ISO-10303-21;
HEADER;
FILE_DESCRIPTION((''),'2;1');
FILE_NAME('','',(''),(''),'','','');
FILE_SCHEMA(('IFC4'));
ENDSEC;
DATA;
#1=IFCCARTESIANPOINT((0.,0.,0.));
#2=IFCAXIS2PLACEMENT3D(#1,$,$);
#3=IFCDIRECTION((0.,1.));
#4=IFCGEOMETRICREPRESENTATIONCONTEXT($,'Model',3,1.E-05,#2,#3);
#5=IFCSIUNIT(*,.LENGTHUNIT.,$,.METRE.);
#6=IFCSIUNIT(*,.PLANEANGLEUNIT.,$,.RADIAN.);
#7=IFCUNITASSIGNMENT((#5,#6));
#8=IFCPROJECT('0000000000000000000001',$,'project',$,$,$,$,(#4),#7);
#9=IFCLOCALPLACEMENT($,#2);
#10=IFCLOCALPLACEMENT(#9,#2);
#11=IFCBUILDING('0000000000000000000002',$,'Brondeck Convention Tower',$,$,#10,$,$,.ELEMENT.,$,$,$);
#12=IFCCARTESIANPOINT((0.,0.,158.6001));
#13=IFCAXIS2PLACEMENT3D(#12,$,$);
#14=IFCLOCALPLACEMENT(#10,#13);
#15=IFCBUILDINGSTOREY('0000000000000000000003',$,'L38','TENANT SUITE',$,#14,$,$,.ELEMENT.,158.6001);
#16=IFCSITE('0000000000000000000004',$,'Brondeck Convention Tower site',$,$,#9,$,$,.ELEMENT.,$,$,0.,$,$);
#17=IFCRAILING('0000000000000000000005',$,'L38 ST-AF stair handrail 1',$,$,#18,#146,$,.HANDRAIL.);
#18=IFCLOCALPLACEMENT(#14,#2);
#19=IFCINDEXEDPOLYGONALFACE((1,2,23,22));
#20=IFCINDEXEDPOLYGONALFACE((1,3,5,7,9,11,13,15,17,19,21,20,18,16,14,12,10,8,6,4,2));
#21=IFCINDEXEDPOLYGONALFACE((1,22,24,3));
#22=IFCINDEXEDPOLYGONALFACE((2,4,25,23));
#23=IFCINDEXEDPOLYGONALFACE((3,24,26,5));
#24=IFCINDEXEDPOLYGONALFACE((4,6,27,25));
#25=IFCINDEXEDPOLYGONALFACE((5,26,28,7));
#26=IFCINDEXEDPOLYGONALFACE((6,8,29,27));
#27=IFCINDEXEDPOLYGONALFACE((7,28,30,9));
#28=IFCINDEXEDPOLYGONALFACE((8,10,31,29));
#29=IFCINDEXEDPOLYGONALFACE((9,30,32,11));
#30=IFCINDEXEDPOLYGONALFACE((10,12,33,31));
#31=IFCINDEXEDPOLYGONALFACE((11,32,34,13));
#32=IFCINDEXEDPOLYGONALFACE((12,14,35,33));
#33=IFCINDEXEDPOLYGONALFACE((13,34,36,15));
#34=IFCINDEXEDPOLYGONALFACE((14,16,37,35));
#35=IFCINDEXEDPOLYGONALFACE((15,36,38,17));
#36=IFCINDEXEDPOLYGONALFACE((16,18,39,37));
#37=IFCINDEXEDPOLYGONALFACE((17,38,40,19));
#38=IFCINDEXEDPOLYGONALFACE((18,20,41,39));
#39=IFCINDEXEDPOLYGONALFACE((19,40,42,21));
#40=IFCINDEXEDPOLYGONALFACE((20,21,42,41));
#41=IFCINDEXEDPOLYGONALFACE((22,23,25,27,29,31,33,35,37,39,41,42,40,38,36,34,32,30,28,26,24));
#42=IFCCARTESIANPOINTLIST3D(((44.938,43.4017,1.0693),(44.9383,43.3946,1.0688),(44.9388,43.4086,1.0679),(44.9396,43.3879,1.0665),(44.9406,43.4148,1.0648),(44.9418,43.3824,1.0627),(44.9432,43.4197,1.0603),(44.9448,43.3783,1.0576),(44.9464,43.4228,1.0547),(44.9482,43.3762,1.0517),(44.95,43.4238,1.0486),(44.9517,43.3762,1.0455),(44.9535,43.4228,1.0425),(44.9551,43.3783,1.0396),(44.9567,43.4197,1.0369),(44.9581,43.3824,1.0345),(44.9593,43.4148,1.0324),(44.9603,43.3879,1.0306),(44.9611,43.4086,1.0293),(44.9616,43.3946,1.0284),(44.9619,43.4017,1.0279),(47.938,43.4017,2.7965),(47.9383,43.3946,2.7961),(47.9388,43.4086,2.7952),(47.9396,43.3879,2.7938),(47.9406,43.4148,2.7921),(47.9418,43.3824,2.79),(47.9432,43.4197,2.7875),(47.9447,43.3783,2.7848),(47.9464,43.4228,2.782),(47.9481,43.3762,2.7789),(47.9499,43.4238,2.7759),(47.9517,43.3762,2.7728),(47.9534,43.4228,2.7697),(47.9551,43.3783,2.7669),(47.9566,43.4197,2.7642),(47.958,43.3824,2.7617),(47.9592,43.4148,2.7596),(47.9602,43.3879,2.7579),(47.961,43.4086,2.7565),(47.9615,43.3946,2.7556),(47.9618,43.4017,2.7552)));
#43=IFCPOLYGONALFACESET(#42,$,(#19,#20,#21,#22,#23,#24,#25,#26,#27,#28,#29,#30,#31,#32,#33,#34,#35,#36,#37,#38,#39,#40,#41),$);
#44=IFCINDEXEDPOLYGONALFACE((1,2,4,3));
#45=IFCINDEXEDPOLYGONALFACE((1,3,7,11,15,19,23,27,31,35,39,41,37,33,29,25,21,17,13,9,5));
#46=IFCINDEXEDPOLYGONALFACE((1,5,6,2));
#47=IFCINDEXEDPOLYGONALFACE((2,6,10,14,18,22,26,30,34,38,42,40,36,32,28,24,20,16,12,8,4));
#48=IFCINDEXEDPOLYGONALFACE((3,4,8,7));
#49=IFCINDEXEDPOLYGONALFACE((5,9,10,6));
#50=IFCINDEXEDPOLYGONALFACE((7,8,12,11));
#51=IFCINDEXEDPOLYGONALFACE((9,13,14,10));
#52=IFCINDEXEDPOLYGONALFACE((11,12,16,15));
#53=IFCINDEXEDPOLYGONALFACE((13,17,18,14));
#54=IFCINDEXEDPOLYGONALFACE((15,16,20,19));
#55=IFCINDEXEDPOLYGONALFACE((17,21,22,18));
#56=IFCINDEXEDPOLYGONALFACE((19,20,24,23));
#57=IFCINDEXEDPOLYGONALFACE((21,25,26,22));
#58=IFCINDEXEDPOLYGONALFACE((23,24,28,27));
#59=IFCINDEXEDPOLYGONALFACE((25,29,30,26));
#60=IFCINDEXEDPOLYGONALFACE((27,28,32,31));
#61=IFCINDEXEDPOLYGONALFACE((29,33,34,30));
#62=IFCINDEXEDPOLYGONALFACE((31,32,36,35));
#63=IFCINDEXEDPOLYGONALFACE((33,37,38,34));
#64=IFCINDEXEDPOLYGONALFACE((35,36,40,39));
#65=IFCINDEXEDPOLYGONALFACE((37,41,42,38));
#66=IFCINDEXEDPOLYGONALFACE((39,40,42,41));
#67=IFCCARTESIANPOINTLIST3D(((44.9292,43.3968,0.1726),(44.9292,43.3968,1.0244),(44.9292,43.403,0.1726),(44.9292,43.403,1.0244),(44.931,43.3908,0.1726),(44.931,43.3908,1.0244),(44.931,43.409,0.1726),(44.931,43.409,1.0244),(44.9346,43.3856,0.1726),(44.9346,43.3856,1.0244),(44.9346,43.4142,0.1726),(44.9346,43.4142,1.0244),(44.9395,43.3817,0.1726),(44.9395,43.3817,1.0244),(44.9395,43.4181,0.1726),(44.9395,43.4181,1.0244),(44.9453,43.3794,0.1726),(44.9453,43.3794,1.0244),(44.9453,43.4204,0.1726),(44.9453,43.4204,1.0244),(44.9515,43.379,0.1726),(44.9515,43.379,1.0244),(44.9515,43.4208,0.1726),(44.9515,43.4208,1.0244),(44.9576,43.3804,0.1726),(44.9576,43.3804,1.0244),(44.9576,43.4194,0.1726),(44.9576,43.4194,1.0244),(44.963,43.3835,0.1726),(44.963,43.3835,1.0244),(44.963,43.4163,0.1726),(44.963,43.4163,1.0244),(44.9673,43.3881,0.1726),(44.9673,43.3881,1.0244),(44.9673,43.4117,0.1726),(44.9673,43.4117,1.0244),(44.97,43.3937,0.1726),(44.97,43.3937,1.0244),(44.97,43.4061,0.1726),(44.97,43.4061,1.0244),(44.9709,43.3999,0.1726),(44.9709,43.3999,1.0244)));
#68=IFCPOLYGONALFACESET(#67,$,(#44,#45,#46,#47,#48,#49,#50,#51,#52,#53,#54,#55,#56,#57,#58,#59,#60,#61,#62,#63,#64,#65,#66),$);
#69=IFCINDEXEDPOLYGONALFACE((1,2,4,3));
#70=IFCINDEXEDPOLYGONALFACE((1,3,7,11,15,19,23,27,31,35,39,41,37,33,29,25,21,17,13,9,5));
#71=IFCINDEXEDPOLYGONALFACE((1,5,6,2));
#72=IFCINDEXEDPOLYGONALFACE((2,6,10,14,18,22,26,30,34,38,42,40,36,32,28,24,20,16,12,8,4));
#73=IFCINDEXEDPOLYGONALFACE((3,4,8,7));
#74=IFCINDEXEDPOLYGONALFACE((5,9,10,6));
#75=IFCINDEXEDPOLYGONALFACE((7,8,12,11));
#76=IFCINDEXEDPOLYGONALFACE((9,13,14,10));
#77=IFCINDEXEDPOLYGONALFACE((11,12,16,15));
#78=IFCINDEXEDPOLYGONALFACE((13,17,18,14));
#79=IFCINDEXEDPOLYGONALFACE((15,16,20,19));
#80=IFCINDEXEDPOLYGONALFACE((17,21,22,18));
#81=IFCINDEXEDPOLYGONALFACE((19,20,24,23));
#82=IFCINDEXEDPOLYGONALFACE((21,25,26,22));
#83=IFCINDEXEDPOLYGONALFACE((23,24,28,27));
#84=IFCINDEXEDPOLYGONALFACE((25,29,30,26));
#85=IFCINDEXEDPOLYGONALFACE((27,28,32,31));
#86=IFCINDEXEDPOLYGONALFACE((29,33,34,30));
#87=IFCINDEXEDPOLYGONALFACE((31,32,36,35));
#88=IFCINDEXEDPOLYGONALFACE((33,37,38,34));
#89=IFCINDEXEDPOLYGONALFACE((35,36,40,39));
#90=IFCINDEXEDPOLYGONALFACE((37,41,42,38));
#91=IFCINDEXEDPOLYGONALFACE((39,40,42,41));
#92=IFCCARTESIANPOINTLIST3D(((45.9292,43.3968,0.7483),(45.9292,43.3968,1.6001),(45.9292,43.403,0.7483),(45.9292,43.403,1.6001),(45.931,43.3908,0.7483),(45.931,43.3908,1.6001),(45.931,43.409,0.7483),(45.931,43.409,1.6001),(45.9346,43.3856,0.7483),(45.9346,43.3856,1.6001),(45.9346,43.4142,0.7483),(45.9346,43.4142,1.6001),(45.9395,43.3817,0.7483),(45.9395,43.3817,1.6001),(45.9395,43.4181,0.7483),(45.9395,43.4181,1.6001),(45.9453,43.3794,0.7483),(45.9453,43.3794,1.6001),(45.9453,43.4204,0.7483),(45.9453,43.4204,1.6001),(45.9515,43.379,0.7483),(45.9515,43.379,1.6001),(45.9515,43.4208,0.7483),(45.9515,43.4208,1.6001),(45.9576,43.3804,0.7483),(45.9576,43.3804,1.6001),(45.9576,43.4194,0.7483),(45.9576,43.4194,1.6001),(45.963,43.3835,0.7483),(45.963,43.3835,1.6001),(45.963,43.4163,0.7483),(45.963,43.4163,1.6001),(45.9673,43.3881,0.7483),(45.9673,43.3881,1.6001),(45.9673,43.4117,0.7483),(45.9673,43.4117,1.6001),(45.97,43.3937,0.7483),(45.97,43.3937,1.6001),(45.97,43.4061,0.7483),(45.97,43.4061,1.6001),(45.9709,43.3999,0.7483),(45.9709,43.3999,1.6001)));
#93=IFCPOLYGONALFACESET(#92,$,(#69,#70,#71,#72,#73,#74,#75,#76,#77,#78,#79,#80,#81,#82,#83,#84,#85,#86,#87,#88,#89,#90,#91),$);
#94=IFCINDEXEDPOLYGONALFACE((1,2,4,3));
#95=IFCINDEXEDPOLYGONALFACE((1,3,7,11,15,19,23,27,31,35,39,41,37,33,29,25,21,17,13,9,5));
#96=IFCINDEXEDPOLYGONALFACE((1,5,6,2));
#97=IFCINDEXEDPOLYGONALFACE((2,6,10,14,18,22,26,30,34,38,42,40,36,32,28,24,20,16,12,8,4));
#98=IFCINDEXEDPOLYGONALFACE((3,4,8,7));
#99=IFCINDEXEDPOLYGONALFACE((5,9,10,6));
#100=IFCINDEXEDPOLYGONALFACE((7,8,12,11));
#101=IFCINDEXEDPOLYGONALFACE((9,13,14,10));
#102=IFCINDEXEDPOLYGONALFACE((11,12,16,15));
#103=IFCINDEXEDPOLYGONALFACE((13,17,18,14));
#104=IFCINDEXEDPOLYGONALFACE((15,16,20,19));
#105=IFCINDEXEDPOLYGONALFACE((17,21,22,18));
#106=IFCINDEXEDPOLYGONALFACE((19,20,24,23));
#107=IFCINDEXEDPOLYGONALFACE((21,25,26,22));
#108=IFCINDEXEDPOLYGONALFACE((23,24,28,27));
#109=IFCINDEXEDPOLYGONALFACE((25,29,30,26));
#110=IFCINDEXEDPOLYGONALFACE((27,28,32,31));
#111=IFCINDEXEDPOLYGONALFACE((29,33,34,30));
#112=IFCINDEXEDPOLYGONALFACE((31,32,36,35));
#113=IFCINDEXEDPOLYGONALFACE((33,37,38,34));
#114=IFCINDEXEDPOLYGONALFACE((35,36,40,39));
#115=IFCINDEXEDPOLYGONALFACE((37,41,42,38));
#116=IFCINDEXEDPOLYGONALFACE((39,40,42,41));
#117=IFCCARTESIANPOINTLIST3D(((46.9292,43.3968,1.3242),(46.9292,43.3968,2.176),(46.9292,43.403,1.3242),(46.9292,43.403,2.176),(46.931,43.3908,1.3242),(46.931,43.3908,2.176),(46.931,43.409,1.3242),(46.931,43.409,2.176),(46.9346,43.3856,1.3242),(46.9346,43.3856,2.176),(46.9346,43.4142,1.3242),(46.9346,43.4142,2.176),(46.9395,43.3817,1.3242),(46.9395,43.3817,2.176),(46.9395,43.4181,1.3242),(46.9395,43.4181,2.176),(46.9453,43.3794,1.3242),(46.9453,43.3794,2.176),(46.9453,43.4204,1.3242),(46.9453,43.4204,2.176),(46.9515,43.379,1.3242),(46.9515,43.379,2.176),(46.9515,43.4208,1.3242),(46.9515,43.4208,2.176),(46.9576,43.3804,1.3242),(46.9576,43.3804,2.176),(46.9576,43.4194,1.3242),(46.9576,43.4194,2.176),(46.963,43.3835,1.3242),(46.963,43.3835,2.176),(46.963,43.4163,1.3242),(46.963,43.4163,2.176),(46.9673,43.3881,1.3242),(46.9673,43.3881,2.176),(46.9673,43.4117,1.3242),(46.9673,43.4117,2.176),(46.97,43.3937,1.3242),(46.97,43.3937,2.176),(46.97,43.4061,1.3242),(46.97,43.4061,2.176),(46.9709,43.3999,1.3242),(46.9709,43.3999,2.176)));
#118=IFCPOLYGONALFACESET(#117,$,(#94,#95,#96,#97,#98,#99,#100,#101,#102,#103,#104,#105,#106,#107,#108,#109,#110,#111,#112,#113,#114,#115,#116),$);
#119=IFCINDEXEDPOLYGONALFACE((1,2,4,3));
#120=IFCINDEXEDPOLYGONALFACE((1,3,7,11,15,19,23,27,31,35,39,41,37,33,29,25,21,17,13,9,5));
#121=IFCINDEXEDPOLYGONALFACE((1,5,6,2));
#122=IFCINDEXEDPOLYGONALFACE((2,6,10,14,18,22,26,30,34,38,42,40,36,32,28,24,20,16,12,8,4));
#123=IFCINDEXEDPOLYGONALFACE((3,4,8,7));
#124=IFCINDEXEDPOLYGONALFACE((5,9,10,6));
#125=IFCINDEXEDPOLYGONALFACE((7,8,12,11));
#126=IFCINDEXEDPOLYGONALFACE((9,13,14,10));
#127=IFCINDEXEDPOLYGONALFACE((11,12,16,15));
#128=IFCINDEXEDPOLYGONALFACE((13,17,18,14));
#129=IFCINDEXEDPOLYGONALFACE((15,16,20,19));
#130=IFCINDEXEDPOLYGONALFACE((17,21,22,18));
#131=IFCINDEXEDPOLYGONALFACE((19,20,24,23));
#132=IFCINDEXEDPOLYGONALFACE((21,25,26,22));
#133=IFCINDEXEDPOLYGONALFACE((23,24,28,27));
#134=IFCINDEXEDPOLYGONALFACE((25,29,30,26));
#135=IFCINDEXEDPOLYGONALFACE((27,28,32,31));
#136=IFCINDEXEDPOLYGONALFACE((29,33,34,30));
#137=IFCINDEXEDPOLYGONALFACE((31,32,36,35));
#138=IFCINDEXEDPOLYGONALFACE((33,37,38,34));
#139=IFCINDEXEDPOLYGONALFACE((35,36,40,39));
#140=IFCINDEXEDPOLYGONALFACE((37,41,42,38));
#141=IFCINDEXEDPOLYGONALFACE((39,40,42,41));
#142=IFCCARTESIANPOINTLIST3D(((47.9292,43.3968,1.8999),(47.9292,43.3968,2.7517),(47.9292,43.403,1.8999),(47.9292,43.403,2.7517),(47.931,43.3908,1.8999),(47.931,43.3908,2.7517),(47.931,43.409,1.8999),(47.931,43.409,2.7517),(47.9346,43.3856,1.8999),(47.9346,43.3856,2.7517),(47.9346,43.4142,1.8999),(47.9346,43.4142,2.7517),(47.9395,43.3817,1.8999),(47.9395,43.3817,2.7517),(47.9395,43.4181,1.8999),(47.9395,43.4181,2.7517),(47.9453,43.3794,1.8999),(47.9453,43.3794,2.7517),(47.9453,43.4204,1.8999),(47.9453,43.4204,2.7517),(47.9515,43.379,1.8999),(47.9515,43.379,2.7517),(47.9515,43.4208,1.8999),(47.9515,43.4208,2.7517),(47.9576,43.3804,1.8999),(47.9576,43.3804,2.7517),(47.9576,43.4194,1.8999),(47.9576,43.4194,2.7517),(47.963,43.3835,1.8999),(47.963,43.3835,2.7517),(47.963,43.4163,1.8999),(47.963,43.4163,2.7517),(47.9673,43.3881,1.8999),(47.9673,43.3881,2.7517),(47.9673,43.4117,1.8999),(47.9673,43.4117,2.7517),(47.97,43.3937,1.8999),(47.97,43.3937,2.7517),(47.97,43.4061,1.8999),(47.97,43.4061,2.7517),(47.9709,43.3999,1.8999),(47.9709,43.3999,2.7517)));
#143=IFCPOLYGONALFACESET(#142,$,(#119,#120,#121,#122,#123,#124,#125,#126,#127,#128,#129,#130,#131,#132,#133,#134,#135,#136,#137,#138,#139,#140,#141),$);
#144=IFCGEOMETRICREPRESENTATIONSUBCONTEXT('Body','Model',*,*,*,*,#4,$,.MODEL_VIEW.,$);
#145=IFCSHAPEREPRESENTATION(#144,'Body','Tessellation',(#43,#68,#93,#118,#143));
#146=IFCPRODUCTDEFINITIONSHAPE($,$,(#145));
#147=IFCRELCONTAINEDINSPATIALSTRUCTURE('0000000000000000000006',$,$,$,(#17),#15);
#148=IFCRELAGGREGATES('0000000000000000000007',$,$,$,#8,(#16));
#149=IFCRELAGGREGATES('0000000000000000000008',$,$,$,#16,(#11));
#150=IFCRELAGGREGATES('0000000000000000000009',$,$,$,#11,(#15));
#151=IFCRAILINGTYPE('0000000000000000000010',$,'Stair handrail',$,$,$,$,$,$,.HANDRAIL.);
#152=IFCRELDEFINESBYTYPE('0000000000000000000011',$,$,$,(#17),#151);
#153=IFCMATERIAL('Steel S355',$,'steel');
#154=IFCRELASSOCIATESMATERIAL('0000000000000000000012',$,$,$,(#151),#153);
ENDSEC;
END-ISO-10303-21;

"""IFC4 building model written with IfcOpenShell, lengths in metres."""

from ifc_helpers import new_model, si_unit, direction, frame, origin, origin_2d, place, context, subcontext, project, spatial, circle, extrude, material, type_object, element, save


model = new_model("IFC4")

# Units and contexts
model_context = context("Model", 3, precision=1e-05, world=origin(), true_north=direction((0.0, 1.0)))
body_context = subcontext(model_context, "Body", "Model", "MODEL_VIEW")
ifc_project = project(units=[si_unit("LENGTHUNIT", "METRE"), si_unit("PLANEANGLEUNIT", "RADIAN")], contexts=[model_context])

# Site, building, storey
site_placement = place(None, origin())
site = spatial("IfcSite", under=ifc_project, at=site_placement, Name="Brondeck Convention Tower site", CompositionType="ELEMENT", RefElevation=0.0)
building_placement = place(site_placement, origin())
building = spatial("IfcBuilding", under=site, at=building_placement, Name="Brondeck Convention Tower", CompositionType="ELEMENT")
storey_placement = place(building_placement, frame((0.0, 0.0, 158.6001)))
storey = spatial("IfcBuildingStorey", under=building, at=storey_placement, Name="L38", Description="TENANT SUITE", CompositionType="ELEMENT", Elevation=158.6001)

# Shared definitions
ifc_material_1 = material(Name="Steel S355", Category="steel")

# Railing
railing_type_1 = type_object("IfcRailingType", Name="Stair handrail", PredefinedType="HANDRAIL", material=ifc_material_1)
railing_1_placement = place(storey_placement, frame((44.95, 43.3999, 0.1726)))
element("IfcRailing", 1, at=railing_1_placement, inside=storey, type_object=railing_type_1, Name="L38 ST-AF stair handrail 1", PredefinedType="HANDRAIL", context=body_context, shape_type="SweptSolid", body=[
    extrude(circle(Radius=0.0239, at=origin_2d()), frame((0.0, 0.0, 0.876), z_axis=(0.86662, 0.0, 0.498969), x_axis=(0.0, 1.0, 0.0)), (0.0, 0.0, 1.0), 3.4617),
    extrude(circle(Radius=0.021, at=origin_2d()), origin(), (0.0, 0.0, 1.0), 0.8518),
    extrude(circle(Radius=0.021, at=origin_2d()), frame((1.0, 0.0, 0.5757)), (0.0, 0.0, 1.0), 0.8518),
    extrude(circle(Radius=0.021, at=origin_2d()), frame((2.0, 0.0, 1.1516)), (0.0, 0.0, 1.0), 0.8518),
    extrude(circle(Radius=0.021, at=origin_2d()), frame((3.0, 0.0, 1.7273)), (0.0, 0.0, 1.0), 0.8518),
])

save(model, "model.ifc")
